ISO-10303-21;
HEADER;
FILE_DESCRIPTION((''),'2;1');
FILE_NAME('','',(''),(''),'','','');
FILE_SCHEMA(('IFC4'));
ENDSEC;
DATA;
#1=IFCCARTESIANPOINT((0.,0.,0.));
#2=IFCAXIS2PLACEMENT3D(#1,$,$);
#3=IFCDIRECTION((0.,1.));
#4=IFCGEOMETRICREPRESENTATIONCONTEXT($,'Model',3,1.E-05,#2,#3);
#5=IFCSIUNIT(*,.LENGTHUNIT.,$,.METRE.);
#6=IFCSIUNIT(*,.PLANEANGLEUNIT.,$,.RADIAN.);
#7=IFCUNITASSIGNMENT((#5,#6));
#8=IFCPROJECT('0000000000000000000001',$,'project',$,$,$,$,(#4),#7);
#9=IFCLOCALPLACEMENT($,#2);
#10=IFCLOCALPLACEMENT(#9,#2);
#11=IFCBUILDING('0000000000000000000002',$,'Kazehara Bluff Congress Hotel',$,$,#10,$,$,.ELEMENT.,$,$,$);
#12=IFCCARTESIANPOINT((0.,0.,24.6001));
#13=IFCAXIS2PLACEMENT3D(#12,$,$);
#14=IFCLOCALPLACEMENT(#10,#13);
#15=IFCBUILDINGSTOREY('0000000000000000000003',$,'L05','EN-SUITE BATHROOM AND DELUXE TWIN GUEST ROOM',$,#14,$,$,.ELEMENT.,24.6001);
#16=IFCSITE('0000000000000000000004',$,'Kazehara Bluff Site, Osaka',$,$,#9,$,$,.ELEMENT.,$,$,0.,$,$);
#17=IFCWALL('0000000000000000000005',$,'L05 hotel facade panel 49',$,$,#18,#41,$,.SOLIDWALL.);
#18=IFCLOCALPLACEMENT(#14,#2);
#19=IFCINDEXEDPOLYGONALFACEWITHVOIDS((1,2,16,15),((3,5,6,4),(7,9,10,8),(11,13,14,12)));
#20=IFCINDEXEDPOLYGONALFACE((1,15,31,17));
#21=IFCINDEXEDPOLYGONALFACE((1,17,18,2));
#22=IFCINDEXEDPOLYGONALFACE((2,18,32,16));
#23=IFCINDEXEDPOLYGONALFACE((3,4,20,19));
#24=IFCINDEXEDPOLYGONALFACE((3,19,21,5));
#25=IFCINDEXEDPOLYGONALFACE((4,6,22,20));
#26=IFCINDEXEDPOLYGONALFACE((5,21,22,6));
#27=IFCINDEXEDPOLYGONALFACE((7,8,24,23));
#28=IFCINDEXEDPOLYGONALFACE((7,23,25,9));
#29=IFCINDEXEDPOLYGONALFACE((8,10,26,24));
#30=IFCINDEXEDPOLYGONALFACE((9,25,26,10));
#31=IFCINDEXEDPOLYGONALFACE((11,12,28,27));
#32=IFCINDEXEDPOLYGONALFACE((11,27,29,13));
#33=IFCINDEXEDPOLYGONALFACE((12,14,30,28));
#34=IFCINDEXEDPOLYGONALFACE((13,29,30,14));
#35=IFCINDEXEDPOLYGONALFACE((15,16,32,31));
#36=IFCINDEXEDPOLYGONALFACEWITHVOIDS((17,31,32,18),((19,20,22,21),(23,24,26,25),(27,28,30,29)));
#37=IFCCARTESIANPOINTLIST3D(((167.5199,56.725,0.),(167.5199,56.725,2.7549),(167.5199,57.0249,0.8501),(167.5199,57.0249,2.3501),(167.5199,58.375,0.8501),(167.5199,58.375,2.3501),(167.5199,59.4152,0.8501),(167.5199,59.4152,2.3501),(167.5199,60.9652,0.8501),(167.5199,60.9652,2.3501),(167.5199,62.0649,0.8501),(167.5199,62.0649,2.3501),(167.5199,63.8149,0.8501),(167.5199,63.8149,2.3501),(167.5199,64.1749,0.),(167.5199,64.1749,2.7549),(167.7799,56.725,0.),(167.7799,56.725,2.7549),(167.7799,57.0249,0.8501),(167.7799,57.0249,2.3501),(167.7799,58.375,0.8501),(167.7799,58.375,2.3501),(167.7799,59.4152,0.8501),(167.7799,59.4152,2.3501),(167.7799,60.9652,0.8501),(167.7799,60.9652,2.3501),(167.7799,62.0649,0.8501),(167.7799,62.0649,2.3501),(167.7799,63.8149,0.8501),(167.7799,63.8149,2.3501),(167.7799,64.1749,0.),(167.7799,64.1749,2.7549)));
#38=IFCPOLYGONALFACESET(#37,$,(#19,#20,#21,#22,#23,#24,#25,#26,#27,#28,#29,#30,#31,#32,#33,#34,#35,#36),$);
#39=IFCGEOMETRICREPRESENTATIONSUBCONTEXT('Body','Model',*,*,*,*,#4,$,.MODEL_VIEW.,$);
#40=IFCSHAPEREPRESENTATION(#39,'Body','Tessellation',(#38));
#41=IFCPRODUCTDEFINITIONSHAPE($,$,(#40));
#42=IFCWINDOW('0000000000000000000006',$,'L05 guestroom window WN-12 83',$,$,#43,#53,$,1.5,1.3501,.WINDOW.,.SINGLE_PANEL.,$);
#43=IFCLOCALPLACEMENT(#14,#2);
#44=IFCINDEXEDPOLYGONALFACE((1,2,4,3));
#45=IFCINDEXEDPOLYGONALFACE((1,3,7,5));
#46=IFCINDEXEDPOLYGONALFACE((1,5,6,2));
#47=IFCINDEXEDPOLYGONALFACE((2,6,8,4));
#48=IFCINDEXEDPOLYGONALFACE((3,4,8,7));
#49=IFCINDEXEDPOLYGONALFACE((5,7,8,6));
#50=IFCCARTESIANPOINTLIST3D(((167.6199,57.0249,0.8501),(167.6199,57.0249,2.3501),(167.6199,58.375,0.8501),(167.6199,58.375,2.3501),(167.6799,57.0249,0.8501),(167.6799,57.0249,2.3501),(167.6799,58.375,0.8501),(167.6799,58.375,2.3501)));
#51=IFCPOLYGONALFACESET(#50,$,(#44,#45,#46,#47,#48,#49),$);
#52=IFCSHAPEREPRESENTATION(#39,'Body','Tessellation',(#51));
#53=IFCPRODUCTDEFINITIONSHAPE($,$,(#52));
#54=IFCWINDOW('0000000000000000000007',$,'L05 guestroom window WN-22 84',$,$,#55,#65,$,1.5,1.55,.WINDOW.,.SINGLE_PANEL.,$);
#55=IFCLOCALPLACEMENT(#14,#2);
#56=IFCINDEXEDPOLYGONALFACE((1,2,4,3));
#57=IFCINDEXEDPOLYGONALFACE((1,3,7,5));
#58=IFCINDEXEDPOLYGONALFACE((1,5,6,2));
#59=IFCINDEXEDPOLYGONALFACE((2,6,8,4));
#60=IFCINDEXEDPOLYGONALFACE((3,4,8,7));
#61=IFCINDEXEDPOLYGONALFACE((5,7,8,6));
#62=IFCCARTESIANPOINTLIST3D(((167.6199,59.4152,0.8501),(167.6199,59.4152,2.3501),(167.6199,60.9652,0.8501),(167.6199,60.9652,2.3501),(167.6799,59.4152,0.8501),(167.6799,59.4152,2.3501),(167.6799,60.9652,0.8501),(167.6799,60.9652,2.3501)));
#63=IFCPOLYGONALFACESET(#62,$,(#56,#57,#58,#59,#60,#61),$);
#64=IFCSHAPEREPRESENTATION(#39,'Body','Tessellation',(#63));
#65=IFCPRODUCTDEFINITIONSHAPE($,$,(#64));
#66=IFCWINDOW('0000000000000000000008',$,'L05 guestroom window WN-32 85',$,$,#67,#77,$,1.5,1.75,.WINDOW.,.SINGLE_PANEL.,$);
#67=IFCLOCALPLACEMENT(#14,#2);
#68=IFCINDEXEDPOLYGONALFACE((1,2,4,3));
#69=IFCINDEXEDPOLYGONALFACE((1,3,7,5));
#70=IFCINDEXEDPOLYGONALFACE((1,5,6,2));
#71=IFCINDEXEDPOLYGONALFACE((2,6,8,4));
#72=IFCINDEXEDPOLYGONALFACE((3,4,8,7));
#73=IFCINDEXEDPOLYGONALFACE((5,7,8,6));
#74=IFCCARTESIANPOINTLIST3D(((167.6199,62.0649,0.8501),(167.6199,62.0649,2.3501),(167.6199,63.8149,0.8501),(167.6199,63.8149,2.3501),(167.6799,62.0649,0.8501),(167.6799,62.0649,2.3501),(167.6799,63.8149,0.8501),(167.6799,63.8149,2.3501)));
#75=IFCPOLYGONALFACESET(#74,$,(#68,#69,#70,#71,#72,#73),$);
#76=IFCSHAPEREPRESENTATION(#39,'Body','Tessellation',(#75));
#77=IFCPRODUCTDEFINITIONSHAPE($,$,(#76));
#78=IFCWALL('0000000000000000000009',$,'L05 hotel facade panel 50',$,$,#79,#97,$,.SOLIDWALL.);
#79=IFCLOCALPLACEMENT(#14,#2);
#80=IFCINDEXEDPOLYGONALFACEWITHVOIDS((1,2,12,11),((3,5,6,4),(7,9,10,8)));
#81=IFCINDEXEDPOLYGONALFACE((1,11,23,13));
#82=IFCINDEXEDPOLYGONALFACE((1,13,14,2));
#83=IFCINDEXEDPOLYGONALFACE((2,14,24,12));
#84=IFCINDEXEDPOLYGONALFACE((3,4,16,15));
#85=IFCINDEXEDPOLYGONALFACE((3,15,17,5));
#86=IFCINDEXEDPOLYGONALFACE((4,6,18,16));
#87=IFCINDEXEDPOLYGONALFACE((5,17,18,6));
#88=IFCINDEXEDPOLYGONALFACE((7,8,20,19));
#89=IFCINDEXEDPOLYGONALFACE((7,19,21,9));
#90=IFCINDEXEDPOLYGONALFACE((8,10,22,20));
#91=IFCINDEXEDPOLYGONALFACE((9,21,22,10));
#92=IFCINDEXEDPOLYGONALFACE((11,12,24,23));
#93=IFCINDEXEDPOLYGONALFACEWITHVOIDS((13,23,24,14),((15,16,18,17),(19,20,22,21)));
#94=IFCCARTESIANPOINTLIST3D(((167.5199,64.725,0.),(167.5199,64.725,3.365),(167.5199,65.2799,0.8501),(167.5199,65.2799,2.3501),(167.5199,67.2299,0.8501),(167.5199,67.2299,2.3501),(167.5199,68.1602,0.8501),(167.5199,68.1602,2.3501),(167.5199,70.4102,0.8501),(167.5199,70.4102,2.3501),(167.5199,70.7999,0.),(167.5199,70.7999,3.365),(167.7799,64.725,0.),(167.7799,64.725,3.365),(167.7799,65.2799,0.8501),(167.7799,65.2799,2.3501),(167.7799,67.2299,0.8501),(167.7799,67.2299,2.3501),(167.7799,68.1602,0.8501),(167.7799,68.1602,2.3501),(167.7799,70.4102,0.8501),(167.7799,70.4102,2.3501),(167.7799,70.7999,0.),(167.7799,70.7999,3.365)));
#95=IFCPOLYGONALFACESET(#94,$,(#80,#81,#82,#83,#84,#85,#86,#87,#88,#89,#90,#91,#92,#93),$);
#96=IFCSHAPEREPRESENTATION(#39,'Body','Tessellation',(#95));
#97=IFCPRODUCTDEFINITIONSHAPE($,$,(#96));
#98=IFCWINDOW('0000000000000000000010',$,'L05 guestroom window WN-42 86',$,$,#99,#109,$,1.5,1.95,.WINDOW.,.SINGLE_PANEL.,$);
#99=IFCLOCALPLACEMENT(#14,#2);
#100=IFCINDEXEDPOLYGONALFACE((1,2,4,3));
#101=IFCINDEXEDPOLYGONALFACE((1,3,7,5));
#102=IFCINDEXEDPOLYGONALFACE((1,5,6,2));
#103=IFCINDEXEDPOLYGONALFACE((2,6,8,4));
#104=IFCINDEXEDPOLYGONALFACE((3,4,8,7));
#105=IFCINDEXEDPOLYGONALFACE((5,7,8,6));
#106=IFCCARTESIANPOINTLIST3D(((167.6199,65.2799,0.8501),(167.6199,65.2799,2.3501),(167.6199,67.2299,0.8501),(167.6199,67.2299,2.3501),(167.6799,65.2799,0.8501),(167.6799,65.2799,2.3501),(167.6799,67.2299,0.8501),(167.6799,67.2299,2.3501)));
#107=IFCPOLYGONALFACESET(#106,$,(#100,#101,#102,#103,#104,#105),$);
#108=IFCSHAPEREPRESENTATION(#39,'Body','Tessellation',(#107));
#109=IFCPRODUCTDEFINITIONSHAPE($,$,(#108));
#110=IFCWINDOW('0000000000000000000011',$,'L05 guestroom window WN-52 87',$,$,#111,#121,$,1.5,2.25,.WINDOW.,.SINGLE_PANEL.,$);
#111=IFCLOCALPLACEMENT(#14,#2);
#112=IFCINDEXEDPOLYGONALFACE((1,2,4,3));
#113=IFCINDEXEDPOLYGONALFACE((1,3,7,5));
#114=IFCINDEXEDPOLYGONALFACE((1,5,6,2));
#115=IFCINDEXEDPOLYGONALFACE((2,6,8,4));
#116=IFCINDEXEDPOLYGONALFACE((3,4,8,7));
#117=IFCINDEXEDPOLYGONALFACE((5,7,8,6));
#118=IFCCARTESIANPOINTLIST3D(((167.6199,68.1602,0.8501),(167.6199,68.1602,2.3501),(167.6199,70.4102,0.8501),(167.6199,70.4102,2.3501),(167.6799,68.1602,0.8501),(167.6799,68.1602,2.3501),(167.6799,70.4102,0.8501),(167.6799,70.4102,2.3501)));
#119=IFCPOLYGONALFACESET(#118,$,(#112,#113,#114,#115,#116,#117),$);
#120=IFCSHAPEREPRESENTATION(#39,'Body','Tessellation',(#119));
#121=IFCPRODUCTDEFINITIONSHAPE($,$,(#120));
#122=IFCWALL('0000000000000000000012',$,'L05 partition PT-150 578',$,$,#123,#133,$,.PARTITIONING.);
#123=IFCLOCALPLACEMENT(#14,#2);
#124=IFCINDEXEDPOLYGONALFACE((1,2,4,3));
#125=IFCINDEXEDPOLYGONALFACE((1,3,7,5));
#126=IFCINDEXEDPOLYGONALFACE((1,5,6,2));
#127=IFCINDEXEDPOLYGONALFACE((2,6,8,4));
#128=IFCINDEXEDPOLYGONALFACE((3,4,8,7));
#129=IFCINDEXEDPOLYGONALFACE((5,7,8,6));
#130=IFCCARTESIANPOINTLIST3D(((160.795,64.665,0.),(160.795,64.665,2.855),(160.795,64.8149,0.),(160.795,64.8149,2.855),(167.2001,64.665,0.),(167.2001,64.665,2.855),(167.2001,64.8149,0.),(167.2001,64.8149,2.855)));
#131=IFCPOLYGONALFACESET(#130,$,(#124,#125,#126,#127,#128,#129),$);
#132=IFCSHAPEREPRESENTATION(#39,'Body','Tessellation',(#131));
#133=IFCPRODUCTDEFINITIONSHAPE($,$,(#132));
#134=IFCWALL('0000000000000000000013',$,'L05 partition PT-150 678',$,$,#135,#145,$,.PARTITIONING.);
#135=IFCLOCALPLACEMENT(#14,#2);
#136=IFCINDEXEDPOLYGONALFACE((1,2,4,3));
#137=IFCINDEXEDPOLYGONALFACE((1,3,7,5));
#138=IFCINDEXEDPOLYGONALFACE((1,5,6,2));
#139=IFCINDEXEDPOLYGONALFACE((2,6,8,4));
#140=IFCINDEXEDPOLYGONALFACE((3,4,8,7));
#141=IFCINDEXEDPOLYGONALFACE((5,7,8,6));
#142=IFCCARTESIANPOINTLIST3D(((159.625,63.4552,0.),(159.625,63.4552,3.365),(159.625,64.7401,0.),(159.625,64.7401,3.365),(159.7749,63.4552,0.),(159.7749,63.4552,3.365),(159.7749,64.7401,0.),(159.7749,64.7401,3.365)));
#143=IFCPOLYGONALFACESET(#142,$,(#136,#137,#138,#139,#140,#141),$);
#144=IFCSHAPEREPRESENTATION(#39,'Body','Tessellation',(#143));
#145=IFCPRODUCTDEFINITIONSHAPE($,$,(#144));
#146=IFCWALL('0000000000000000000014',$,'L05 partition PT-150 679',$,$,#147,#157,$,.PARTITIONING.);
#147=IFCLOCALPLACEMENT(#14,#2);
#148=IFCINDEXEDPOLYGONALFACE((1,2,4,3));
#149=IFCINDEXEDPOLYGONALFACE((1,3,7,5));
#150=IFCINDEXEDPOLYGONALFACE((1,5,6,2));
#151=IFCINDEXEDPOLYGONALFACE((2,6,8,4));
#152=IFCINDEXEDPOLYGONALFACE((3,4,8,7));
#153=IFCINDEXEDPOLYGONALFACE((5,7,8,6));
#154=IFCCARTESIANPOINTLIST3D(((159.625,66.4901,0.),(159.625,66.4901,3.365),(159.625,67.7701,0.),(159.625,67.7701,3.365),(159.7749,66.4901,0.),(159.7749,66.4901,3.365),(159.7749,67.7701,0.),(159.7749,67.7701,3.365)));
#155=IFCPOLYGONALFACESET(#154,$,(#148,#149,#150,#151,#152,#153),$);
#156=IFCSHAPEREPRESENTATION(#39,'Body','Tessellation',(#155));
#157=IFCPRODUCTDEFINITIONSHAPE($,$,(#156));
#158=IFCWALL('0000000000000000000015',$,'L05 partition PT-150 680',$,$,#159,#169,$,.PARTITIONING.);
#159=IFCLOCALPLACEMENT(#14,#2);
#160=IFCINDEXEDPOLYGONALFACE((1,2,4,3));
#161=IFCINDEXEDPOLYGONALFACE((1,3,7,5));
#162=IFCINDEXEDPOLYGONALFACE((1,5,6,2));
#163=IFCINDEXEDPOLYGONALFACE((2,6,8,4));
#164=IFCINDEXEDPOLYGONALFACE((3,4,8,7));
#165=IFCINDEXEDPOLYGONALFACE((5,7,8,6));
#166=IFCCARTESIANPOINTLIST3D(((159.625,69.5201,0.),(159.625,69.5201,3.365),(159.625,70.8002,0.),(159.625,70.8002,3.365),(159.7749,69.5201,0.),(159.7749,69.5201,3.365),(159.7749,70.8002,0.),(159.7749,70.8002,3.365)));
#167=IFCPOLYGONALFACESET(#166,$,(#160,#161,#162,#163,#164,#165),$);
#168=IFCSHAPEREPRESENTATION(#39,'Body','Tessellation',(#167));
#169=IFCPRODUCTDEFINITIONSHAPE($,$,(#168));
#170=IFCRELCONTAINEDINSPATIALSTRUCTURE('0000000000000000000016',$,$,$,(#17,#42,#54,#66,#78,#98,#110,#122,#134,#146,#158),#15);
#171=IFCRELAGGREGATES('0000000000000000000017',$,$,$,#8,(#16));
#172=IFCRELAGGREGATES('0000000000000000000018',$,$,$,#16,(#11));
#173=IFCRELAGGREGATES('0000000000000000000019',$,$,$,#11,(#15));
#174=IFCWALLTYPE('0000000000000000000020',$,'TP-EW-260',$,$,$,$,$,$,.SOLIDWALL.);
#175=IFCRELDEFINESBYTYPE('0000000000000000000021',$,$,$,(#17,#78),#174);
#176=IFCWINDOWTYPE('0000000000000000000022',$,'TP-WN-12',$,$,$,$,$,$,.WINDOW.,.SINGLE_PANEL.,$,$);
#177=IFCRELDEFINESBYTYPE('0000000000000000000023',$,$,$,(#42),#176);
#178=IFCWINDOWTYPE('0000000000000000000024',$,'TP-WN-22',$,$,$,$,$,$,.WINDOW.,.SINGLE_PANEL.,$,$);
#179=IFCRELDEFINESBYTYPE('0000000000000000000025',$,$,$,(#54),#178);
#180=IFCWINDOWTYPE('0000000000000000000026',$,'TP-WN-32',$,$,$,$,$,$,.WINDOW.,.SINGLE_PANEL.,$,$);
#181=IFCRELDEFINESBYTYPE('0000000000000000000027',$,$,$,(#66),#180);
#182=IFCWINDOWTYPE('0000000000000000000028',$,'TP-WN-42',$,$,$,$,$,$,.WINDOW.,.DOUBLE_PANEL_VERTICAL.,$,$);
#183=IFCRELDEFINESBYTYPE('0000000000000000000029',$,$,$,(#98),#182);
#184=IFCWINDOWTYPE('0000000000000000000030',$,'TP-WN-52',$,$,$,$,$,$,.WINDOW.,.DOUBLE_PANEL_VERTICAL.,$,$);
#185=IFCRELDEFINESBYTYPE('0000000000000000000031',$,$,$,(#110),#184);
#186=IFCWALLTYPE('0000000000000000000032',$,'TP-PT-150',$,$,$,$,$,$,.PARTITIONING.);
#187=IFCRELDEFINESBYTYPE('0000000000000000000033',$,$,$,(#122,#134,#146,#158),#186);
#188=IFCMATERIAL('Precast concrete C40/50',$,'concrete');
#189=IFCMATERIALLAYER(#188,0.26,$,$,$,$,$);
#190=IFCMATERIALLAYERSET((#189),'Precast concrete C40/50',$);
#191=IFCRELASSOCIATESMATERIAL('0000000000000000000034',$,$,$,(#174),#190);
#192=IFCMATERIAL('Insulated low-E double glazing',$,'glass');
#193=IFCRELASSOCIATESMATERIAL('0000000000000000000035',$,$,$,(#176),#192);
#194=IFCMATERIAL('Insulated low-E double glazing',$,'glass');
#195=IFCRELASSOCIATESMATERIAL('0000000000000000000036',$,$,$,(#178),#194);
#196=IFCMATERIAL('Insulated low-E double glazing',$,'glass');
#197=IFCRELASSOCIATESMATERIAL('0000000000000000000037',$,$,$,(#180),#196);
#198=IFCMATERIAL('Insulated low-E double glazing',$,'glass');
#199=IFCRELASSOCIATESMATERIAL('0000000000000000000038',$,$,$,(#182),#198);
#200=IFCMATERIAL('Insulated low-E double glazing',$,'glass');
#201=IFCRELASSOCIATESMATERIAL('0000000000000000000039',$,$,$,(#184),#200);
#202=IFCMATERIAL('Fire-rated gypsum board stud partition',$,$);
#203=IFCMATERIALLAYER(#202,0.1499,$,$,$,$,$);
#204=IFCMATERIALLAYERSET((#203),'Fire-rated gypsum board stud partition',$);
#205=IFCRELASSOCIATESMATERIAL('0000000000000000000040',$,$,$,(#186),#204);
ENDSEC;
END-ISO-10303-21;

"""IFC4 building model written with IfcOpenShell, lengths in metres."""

from ifc_helpers import new_model, si_unit, direction, frame, frame_2d, origin, place, context, subcontext, project, spatial, rectangle, extrude, material, layer, layer_set, type_object, element, fill, save


model = new_model("IFC4")

# Units and contexts
model_context = context("Model", 3, precision=1e-05, world=origin(), true_north=direction((0.0, 1.0)))
body_context = subcontext(model_context, "Body", "Model", "MODEL_VIEW")
ifc_project = project(units=[si_unit("LENGTHUNIT", "METRE"), si_unit("PLANEANGLEUNIT", "RADIAN")], contexts=[model_context])

# Site, building, storey
site_placement = place(None, origin())
site = spatial("IfcSite", under=ifc_project, at=site_placement, Name="Kazehara Bluff Site, Osaka", CompositionType="ELEMENT", RefElevation=0.0)
building_placement = place(site_placement, origin())
building = spatial("IfcBuilding", under=site, at=building_placement, Name="Kazehara Bluff Congress Hotel", CompositionType="ELEMENT")
storey_placement = place(building_placement, frame((0.0, 0.0, 24.6001)))
storey = spatial("IfcBuildingStorey", under=building, at=storey_placement, Name="L05", Description="EN-SUITE BATHROOM AND DELUXE TWIN GUEST ROOM", CompositionType="ELEMENT", Elevation=24.6001)

# Walls, openings, windows
ifc_material_1 = material(Name="Precast concrete C40/50", Category="concrete")
ifc_layer_1 = layer(ifc_material_1, 0.26)
ifc_layer_set_1 = layer_set([ifc_layer_1], Name="Precast concrete C40/50")
wall_type_1 = type_object("IfcWallType", Name="TP-EW-260", PredefinedType="SOLIDWALL", material=ifc_layer_set_1)
wall_1_placement = place(storey_placement, frame((167.6499, 64.175, 0.0), z_axis=(0.0, 0.0, 1.0), x_axis=(0.0, -1.0, 0.0)))
wall_1 = element("IfcWall", 1, at=wall_1_placement, inside=storey, type_object=wall_type_1, Name="L05 hotel facade panel 49", PredefinedType="SOLIDWALL", context=body_context, shape_type="SweptSolid", body=[
    extrude(rectangle(XDim=7.45, YDim=0.26, at=frame_2d((3.7251, 0.0))), origin(), (0.0, 0.0, 1.0), 2.7549),
])
opening_1_placement = place(wall_1_placement, frame((5.8, 0.0, 0.8501)))
opening_1 = element("IfcOpeningElement", 2, at=opening_1_placement, cuts=wall_1, PredefinedType="OPENING", context=body_context, shape_type="SweptSolid", body=[
    extrude(rectangle(XDim=1.3501, YDim=1.5, at=frame_2d((0.675, 0.75))), frame((0.0, 0.1399, 0.0), z_axis=(0.0, -1.0, 0.0), x_axis=(1.0, 0.0, 0.0)), (0.0, 0.0, 1.0), 0.28),
])
opening_2_placement = place(wall_1_placement, frame((3.21, 0.0, 0.8501)))
opening_2 = element("IfcOpeningElement", 3, at=opening_2_placement, cuts=wall_1, PredefinedType="OPENING", context=body_context, shape_type="SweptSolid", body=[
    extrude(rectangle(XDim=1.55, YDim=1.5, at=frame_2d((0.7749, 0.75))), frame((0.0, 0.1399, 0.0), z_axis=(0.0, -1.0, 0.0), x_axis=(1.0, 0.0, 0.0)), (0.0, 0.0, 1.0), 0.28),
])
opening_3_placement = place(wall_1_placement, frame((0.3601, 0.0, 0.8501)))
opening_3 = element("IfcOpeningElement", 4, at=opening_3_placement, cuts=wall_1, PredefinedType="OPENING", context=body_context, shape_type="SweptSolid", body=[
    extrude(rectangle(XDim=1.75, YDim=1.5, at=frame_2d((0.875, 0.75))), frame((0.0, 0.1399, 0.0), z_axis=(0.0, -1.0, 0.0), x_axis=(1.0, 0.0, 0.0)), (0.0, 0.0, 1.0), 0.28),
])
ifc_material_2 = material(Name="Insulated low-E double glazing", Category="glass")
window_type_1 = type_object("IfcWindowType", Name="TP-WN-12", PartitioningType="SINGLE_PANEL", PredefinedType="WINDOW", material=ifc_material_2)
window_1_placement = place(opening_1_placement, origin())
window_1 = element("IfcWindow", 5, at=window_1_placement, inside=storey, type_object=window_type_1, Name="L05 guestroom window WN-12 83", OverallHeight=1.5, OverallWidth=1.3501, PartitioningType="SINGLE_PANEL", PredefinedType="WINDOW", context=body_context, shape_type="SweptSolid", body=[
    extrude(rectangle(XDim=1.3501, YDim=1.5, at=frame_2d((0.675, 0.75))), frame((0.0, 0.03, 0.0), z_axis=(0.0, -1.0, 0.0), x_axis=(1.0, 0.0, 0.0)), (0.0, 0.0, 1.0), 0.0601),
])
fill(opening_1, window_1)
ifc_material_3 = material(Name="Insulated low-E double glazing", Category="glass")
window_type_2 = type_object("IfcWindowType", Name="TP-WN-22", PartitioningType="SINGLE_PANEL", PredefinedType="WINDOW", material=ifc_material_3)
window_2_placement = place(opening_2_placement, origin())
window_2 = element("IfcWindow", 6, at=window_2_placement, inside=storey, type_object=window_type_2, Name="L05 guestroom window WN-22 84", OverallHeight=1.5, OverallWidth=1.55, PartitioningType="SINGLE_PANEL", PredefinedType="WINDOW", context=body_context, shape_type="SweptSolid", body=[
    extrude(rectangle(XDim=1.55, YDim=1.5, at=frame_2d((0.7749, 0.75))), frame((0.0, 0.03, 0.0), z_axis=(0.0, -1.0, 0.0), x_axis=(1.0, 0.0, 0.0)), (0.0, 0.0, 1.0), 0.0601),
])
fill(opening_2, window_2)
ifc_material_4 = material(Name="Insulated low-E double glazing", Category="glass")
window_type_3 = type_object("IfcWindowType", Name="TP-WN-32", PartitioningType="SINGLE_PANEL", PredefinedType="WINDOW", material=ifc_material_4)
window_3_placement = place(opening_3_placement, origin())
window_3 = element("IfcWindow", 7, at=window_3_placement, inside=storey, type_object=window_type_3, Name="L05 guestroom window WN-32 85", OverallHeight=1.5, OverallWidth=1.75, PartitioningType="SINGLE_PANEL", PredefinedType="WINDOW", context=body_context, shape_type="SweptSolid", body=[
    extrude(rectangle(XDim=1.75, YDim=1.5, at=frame_2d((0.875, 0.75))), frame((0.0, 0.03, 0.0), z_axis=(0.0, -1.0, 0.0), x_axis=(1.0, 0.0, 0.0)), (0.0, 0.0, 1.0), 0.0601),
])
fill(opening_3, window_3)
wall_2_placement = place(storey_placement, frame((167.6499, 70.8, 0.0), z_axis=(0.0, 0.0, 1.0), x_axis=(0.0, -1.0, 0.0)))
wall_2 = element("IfcWall", 8, at=wall_2_placement, inside=storey, type_object=wall_type_1, Name="L05 hotel facade panel 50", PredefinedType="SOLIDWALL", context=body_context, shape_type="SweptSolid", body=[
    extrude(rectangle(XDim=6.075, YDim=0.26, at=frame_2d((3.0376, 0.0))), origin(), (0.0, 0.0, 1.0), 3.365),
])
opening_4_placement = place(wall_2_placement, frame((3.5701, 0.0, 0.8501)))
opening_4 = element("IfcOpeningElement", 9, at=opening_4_placement, cuts=wall_2, PredefinedType="OPENING", context=body_context, shape_type="SweptSolid", body=[
    extrude(rectangle(XDim=1.95, YDim=1.5, at=frame_2d((0.9751, 0.75))), frame((0.0, 0.1399, 0.0), z_axis=(0.0, -1.0, 0.0), x_axis=(1.0, 0.0, 0.0)), (0.0, 0.0, 1.0), 0.28),
])
opening_5_placement = place(wall_2_placement, frame((0.3899, 0.0, 0.8501)))
opening_5 = element("IfcOpeningElement", 10, at=opening_5_placement, cuts=wall_2, PredefinedType="OPENING", context=body_context, shape_type="SweptSolid", body=[
    extrude(rectangle(XDim=2.25, YDim=1.5, at=frame_2d((1.125, 0.75))), frame((0.0, 0.1399, 0.0), z_axis=(0.0, -1.0, 0.0), x_axis=(1.0, 0.0, 0.0)), (0.0, 0.0, 1.0), 0.28),
])
ifc_material_5 = material(Name="Insulated low-E double glazing", Category="glass")
window_type_4 = type_object("IfcWindowType", Name="TP-WN-42", PartitioningType="DOUBLE_PANEL_VERTICAL", PredefinedType="WINDOW", material=ifc_material_5)
window_4_placement = place(opening_4_placement, origin())
window_4 = element("IfcWindow", 11, at=window_4_placement, inside=storey, type_object=window_type_4, Name="L05 guestroom window WN-42 86", OverallHeight=1.5, OverallWidth=1.95, PartitioningType="SINGLE_PANEL", PredefinedType="WINDOW", context=body_context, shape_type="SweptSolid", body=[
    extrude(rectangle(XDim=1.95, YDim=1.5, at=frame_2d((0.9751, 0.75))), frame((0.0, 0.03, 0.0), z_axis=(0.0, -1.0, 0.0), x_axis=(1.0, 0.0, 0.0)), (0.0, 0.0, 1.0), 0.0601),
])
fill(opening_4, window_4)
ifc_material_6 = material(Name="Insulated low-E double glazing", Category="glass")
window_type_5 = type_object("IfcWindowType", Name="TP-WN-52", PartitioningType="DOUBLE_PANEL_VERTICAL", PredefinedType="WINDOW", material=ifc_material_6)
window_5_placement = place(opening_5_placement, origin())
window_5 = element("IfcWindow", 12, at=window_5_placement, inside=storey, type_object=window_type_5, Name="L05 guestroom window WN-52 87", OverallHeight=1.5, OverallWidth=2.25, PartitioningType="SINGLE_PANEL", PredefinedType="WINDOW", context=body_context, shape_type="SweptSolid", body=[
    extrude(rectangle(XDim=2.25, YDim=1.5, at=frame_2d((1.125, 0.75))), frame((0.0, 0.03, 0.0), z_axis=(0.0, -1.0, 0.0), x_axis=(1.0, 0.0, 0.0)), (0.0, 0.0, 1.0), 0.0601),
])
fill(opening_5, window_5)

# Walls
ifc_material_7 = material(Name="Fire-rated gypsum board stud partition")
ifc_layer_2 = layer(ifc_material_7, 0.1499)
ifc_layer_set_2 = layer_set([ifc_layer_2], Name="Fire-rated gypsum board stud partition")
wall_type_2 = type_object("IfcWallType", Name="TP-PT-150", PredefinedType="PARTITIONING", material=ifc_layer_set_2)
wall_3_placement = place(storey_placement, frame((160.7949, 64.74, 0.0), z_axis=(0.0, 0.0, 1.0), x_axis=(1.0, 0.0, 0.0)))
element("IfcWall", 13, at=wall_3_placement, inside=storey, type_object=wall_type_2, Name="L05 partition PT-150 578", PredefinedType="PARTITIONING", context=body_context, shape_type="SweptSolid", body=[
    extrude(rectangle(XDim=6.405, YDim=0.1499, at=frame_2d((3.2026, 0.0))), origin(), (0.0, 0.0, 1.0), 2.855),
])
wall_4_placement = place(storey_placement, frame((159.7, 63.4551, 0.0), z_axis=(0.0, 0.0, 1.0), x_axis=(0.0, 1.0, 0.0)))
element("IfcWall", 14, at=wall_4_placement, inside=storey, type_object=wall_type_2, Name="L05 partition PT-150 678", PredefinedType="PARTITIONING", context=body_context, shape_type="SweptSolid", body=[
    extrude(rectangle(XDim=1.2849, YDim=0.1499, at=frame_2d((0.6426, 0.0))), origin(), (0.0, 0.0, 1.0), 3.365),
])
for number, where, z_axis, x_axis, name in (
    (15, (159.7, 66.49, 0.0), (0.0, 0.0, 1.0), (0.0, 1.0, 0.0), "L05 partition PT-150 679"),
    (16, (159.7, 69.52, 0.0), (0.0, 0.0, 1.0), (0.0, 1.0, 0.0), "L05 partition PT-150 680"),
):
    element("IfcWall", number, at=place(storey_placement, frame(where, z_axis=z_axis, x_axis=x_axis)), inside=storey, type_object=wall_type_2, Name=name, PredefinedType="PARTITIONING", context=body_context, shape_type="SweptSolid", body=[
        extrude(rectangle(XDim=1.28, YDim=0.1499, at=frame_2d((0.6401, 0.0))), origin(), (0.0, 0.0, 1.0), 3.365),
    ])

save(model, "model.ifc")
